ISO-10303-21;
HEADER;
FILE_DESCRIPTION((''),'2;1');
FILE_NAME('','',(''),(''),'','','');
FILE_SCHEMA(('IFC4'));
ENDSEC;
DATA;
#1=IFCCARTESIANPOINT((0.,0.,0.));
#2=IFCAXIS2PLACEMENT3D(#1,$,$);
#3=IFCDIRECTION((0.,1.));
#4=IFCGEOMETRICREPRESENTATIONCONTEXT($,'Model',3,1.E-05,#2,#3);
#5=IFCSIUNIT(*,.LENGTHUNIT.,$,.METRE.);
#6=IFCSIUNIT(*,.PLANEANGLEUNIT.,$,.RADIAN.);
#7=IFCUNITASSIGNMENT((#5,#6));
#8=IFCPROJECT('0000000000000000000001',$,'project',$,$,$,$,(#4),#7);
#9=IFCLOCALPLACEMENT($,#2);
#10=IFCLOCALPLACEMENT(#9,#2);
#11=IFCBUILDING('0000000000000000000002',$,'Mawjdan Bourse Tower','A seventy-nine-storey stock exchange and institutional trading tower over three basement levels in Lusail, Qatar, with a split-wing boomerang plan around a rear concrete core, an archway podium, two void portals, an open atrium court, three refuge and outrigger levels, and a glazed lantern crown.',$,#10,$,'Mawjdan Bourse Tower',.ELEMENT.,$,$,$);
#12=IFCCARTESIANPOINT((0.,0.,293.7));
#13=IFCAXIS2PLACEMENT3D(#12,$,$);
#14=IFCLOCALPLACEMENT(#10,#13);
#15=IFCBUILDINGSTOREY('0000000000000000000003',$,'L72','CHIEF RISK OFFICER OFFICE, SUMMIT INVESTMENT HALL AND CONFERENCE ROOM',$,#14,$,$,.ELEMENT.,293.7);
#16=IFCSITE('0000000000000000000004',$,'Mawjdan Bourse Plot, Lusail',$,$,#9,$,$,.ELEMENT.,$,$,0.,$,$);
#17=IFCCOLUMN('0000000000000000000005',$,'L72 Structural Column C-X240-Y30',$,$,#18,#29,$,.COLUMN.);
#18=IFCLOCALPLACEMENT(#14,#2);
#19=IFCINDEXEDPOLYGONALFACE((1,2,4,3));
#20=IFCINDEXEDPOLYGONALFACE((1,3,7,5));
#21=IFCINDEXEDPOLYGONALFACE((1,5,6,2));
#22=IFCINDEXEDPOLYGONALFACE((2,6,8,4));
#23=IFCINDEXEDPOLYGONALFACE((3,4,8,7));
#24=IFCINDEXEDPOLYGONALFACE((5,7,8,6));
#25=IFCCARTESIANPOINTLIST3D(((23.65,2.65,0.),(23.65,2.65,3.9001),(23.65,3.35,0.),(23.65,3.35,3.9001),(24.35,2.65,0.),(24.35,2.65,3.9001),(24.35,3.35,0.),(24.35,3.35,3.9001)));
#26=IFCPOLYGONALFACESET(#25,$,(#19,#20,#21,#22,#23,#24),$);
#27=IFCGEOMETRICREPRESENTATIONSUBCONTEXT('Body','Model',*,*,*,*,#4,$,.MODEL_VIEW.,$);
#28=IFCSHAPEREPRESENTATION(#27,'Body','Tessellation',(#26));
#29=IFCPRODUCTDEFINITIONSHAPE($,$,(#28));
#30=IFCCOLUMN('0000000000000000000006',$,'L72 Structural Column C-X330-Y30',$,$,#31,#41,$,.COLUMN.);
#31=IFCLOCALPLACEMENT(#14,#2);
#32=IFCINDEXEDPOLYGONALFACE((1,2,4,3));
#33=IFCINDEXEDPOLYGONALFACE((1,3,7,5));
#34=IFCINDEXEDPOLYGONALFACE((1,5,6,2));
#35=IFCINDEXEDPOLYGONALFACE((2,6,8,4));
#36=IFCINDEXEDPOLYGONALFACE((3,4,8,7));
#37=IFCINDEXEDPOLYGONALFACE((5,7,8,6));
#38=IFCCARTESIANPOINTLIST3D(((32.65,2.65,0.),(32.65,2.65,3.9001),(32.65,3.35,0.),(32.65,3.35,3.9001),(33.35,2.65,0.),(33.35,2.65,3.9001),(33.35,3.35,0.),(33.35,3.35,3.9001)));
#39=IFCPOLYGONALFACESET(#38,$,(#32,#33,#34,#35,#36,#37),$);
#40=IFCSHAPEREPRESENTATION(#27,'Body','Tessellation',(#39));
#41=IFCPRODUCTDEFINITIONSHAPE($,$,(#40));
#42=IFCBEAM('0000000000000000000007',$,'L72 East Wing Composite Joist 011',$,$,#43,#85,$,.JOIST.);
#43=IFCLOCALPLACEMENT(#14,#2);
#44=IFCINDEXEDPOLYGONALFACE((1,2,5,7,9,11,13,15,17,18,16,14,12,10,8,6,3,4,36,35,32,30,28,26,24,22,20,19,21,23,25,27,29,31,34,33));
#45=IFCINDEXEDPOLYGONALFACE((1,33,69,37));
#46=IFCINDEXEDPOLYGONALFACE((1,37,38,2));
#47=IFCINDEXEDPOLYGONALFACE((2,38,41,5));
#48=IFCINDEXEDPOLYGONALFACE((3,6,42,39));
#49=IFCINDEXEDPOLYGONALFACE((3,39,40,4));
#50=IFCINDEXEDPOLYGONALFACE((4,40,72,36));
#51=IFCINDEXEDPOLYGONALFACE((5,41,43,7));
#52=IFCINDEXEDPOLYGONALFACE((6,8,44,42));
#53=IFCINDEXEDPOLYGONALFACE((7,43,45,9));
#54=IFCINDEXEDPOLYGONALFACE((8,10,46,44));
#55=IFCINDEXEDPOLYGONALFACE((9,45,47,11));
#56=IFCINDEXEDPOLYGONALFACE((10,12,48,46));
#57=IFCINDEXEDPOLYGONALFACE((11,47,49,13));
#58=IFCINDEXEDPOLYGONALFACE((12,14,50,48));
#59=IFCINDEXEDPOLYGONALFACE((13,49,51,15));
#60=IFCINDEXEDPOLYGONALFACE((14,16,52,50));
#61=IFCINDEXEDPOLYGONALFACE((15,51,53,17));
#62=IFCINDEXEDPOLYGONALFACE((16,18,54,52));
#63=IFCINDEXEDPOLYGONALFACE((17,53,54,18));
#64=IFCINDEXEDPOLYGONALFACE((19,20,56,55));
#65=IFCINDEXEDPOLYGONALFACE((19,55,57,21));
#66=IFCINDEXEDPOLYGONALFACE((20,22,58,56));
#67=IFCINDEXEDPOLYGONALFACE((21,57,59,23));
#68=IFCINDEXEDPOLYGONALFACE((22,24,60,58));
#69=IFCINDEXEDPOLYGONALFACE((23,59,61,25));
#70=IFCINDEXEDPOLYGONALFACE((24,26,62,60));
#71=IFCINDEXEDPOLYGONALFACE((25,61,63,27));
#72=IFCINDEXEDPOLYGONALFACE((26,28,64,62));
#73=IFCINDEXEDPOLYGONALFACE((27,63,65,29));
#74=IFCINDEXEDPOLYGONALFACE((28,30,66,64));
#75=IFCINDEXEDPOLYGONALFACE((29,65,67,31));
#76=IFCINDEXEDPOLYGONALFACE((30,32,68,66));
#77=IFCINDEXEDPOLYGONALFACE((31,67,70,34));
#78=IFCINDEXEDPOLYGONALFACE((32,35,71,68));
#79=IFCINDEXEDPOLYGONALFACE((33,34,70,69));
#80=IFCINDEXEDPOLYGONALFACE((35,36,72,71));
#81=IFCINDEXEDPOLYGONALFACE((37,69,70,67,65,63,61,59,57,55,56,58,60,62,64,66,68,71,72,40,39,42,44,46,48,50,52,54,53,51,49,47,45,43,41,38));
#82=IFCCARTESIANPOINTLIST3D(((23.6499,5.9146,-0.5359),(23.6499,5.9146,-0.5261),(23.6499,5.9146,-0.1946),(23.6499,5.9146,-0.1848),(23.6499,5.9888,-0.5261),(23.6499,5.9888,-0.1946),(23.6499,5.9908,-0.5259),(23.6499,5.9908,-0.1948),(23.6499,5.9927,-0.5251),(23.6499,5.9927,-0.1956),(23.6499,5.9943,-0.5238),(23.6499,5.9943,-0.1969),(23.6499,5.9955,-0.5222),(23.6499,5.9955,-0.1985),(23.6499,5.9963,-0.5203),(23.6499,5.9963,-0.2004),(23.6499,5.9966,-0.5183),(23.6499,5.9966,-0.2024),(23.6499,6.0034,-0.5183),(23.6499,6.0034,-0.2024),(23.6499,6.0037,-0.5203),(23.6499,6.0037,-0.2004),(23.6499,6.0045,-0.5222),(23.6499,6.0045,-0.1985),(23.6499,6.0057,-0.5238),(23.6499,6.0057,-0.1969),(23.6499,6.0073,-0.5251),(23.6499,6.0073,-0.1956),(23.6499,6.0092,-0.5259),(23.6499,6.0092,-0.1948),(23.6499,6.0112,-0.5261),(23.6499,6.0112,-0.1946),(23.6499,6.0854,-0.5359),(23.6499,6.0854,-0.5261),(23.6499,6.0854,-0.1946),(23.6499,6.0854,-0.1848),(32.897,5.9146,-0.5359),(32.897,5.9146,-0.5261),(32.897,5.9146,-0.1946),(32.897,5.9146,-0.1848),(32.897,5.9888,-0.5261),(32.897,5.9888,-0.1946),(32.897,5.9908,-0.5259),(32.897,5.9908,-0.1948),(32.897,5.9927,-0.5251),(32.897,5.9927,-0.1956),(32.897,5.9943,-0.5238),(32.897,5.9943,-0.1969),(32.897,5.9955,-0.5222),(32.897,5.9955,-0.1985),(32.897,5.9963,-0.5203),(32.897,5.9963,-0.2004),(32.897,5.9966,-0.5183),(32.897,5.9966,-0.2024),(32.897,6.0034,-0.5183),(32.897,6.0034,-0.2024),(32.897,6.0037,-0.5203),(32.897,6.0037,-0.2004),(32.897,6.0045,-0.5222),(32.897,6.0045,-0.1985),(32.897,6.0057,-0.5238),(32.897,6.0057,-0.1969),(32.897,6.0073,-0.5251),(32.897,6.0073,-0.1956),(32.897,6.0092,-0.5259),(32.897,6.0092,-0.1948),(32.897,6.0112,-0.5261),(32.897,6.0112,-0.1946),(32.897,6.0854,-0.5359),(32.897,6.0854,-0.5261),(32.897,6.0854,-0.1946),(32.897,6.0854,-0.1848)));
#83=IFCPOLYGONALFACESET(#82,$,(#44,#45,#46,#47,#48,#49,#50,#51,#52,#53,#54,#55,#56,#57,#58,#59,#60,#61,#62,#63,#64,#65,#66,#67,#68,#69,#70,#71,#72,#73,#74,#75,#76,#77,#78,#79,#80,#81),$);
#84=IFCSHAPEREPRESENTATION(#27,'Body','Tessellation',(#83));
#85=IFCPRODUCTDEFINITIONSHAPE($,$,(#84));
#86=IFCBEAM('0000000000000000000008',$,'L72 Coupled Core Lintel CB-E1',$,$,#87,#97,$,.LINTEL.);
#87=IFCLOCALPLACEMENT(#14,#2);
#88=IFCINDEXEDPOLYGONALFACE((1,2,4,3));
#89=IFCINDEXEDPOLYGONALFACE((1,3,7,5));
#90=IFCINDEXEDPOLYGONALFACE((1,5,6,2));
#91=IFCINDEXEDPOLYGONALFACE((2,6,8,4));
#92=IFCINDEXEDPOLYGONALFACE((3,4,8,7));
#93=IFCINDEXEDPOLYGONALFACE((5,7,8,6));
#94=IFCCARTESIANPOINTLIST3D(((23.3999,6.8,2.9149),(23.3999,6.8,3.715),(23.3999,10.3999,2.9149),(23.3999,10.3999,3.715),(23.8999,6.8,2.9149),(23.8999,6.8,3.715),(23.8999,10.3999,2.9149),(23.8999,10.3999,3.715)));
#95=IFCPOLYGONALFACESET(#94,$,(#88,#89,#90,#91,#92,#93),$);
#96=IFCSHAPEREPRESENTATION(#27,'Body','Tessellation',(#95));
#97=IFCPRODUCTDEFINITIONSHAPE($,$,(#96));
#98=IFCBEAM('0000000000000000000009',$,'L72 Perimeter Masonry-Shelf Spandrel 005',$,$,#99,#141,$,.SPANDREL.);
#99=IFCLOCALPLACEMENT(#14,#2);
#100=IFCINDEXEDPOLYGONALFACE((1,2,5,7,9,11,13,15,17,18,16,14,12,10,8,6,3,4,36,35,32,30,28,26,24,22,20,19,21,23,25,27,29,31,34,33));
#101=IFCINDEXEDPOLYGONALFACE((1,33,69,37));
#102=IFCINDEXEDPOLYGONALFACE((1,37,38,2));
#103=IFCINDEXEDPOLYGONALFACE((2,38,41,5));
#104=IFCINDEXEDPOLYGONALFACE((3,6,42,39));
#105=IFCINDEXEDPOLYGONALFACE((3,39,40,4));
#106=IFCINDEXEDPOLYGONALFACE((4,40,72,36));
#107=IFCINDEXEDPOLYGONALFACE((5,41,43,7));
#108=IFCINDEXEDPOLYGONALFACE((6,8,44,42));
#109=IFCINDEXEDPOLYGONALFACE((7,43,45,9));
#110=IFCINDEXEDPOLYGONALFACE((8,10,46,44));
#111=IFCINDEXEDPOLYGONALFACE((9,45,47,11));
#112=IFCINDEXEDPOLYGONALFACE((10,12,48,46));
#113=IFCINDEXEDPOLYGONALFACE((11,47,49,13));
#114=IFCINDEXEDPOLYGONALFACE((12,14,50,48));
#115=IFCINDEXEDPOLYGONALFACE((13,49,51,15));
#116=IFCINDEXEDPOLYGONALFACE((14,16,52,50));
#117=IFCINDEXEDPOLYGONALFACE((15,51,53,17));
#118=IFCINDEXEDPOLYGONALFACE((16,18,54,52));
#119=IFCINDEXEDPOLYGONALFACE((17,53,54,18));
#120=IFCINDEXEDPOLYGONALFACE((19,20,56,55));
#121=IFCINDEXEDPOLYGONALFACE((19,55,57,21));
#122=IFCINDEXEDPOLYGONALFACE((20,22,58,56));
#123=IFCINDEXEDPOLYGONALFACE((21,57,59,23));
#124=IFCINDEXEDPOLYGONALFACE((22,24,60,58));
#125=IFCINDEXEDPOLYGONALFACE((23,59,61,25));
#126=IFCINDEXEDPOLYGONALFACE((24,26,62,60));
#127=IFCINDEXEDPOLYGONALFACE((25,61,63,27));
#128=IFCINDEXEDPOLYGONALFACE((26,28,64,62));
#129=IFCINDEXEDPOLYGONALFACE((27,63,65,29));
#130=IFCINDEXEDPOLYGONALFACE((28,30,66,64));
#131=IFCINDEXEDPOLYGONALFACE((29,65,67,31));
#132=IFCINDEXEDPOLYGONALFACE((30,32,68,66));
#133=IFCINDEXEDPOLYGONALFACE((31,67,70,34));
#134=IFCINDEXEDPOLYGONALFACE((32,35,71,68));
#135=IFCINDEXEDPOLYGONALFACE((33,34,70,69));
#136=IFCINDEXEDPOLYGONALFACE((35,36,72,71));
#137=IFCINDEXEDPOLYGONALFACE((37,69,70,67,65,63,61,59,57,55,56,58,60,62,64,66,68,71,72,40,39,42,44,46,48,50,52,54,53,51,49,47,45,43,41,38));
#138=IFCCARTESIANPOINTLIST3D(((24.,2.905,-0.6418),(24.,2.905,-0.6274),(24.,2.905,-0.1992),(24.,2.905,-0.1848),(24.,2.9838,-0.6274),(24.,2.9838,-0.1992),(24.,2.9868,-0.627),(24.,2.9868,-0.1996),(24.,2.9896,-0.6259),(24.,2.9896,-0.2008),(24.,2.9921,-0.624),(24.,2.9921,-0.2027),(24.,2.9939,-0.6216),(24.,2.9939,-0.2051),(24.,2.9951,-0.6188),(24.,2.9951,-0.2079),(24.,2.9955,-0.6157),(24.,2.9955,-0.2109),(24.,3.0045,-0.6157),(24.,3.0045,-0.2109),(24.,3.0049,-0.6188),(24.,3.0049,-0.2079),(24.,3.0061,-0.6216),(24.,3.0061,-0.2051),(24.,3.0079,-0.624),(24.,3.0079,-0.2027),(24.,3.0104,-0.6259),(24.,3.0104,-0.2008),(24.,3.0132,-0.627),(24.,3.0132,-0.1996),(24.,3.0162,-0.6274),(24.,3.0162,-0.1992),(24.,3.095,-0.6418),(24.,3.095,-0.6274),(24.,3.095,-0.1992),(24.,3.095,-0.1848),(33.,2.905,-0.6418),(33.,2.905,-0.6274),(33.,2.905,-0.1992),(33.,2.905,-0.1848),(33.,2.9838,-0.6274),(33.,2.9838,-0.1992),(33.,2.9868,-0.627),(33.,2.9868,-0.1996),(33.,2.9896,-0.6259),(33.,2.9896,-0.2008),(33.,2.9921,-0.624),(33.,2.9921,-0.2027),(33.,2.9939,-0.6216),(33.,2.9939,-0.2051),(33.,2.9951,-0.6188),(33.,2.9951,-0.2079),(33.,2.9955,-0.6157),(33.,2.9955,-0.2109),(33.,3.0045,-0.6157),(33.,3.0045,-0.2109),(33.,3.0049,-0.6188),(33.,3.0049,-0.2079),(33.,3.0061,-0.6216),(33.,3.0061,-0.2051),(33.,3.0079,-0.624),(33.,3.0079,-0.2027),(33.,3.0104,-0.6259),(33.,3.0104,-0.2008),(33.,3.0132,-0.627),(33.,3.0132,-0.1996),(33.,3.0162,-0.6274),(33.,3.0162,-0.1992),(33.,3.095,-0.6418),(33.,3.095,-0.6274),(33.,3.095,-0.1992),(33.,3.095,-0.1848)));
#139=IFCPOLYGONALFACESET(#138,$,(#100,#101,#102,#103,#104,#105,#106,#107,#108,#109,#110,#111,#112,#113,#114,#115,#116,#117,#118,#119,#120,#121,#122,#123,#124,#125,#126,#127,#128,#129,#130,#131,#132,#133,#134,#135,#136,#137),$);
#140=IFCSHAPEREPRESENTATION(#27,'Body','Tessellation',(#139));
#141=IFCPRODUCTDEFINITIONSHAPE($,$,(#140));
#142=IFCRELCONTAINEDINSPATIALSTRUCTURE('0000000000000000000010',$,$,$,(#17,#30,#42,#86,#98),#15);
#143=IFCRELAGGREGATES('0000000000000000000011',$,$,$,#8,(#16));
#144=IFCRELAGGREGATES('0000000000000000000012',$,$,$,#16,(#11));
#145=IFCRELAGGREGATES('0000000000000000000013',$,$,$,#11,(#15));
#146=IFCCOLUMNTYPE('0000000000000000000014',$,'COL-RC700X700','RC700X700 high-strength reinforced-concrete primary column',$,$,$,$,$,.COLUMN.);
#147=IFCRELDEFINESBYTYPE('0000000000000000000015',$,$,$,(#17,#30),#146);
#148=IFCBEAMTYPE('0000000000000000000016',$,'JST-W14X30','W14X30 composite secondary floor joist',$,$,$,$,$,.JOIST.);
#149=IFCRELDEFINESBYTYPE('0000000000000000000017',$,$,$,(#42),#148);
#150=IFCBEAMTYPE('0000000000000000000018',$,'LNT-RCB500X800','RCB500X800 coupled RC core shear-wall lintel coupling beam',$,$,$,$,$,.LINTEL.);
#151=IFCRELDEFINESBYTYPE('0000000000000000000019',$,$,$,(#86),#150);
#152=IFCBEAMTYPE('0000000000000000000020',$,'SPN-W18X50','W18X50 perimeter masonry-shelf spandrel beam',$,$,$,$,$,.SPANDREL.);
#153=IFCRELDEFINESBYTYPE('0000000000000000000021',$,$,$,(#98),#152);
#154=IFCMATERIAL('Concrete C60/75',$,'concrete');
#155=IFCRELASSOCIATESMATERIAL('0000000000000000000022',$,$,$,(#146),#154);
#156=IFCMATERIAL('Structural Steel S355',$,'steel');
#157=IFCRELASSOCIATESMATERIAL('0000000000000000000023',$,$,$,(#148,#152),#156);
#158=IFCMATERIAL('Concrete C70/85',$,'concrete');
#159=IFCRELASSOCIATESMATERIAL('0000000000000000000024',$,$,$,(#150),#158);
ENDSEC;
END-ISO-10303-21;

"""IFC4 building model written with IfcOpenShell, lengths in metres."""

from ifc_helpers import new_model, si_unit, direction, frame, origin, origin_2d, place, context, subcontext, project, spatial, rectangle, i_section, extrude, material, material_profile, profile_set, type_object, element, save


model = new_model("IFC4")

# Units and contexts
model_context = context("Model", 3, precision=1e-05, world=origin(), true_north=direction((0.0, 1.0)))
body_context = subcontext(model_context, "Body", "Model", "MODEL_VIEW")
ifc_project = project(units=[si_unit("LENGTHUNIT", "METRE"), si_unit("PLANEANGLEUNIT", "RADIAN")], contexts=[model_context])

# Site, building, storey
site_placement = place(None, origin())
site = spatial("IfcSite", under=ifc_project, at=site_placement, Name="Mawjdan Bourse Plot, Lusail", CompositionType="ELEMENT", RefElevation=0.0)
building_placement = place(site_placement, origin())
building = spatial("IfcBuilding", under=site, at=building_placement, Name="Mawjdan Bourse Tower", Description="A seventy-nine-storey stock exchange and institutional trading tower over three basement levels in Lusail, Qatar, with a split-wing boomerang plan around a rear concrete core, an archway podium, two void portals, an open atrium court, three refuge and outrigger levels, and a glazed lantern crown.", LongName="Mawjdan Bourse Tower", CompositionType="ELEMENT")
storey_placement = place(building_placement, frame((0.0, 0.0, 293.7)))
storey = spatial("IfcBuildingStorey", under=building, at=storey_placement, Name="L72", Description="CHIEF RISK OFFICER OFFICE, SUMMIT INVESTMENT HALL AND CONFERENCE ROOM", CompositionType="ELEMENT", Elevation=293.7)

# Columns
ifc_material_1 = material(Name="Concrete C60/75", Category="concrete")
ifc_material_profile_1 = material_profile(ifc_material_1, rectangle(XDim=0.7, YDim=0.7, at=origin_2d()), Name="RC700X700")
ifc_profile_set_1 = profile_set([ifc_material_profile_1], Name="Concrete C60/75")
column_type = type_object("IfcColumnType", Name="COL-RC700X700", Description="RC700X700 high-strength reinforced-concrete primary column", PredefinedType="COLUMN", material=ifc_profile_set_1)
for number, where, z_axis, x_axis, name in (
    (1, (24.0, 3.0, 0.0), (0.0, 0.0, 1.0), (1.0, 0.0, 0.0), "L72 Structural Column C-X240-Y30"),
    (2, (33.0, 3.0, 0.0), (0.0, 0.0, 1.0), (1.0, 0.0, 0.0), "L72 Structural Column C-X330-Y30"),
):
    element("IfcColumn", number, at=place(storey_placement, frame(where, z_axis=z_axis, x_axis=x_axis)), inside=storey, type_object=column_type, Name=name, PredefinedType="COLUMN", context=body_context, shape_type="SweptSolid", body=[
        extrude(rectangle(XDim=0.7, YDim=0.7, at=origin_2d()), origin(), (0.0, 0.0, 1.0), 3.9001),
    ])

# Beams
ifc_material_2 = material(Name="Structural Steel S355", Category="steel")
ifc_material_profile_2 = material_profile(ifc_material_2, i_section(OverallWidth=0.1709, OverallDepth=0.3511, WebThickness=0.0068, FlangeThickness=0.0098, FilletRadius=0.0078, at=origin_2d()), Name="W14X30")
ifc_profile_set_2 = profile_set([ifc_material_profile_2], Name="Structural Steel S355")
beam_type_1 = type_object("IfcBeamType", Name="JST-W14X30", Description="W14X30 composite secondary floor joist", PredefinedType="JOIST", material=ifc_profile_set_2)
beam_1_placement = place(storey_placement, frame((23.6499, 6.0, -0.3604), z_axis=(1.0, 0.0, 0.0), x_axis=(0.0, 1.0, 0.0)))
element("IfcBeam", 3, at=beam_1_placement, inside=storey, type_object=beam_type_1, Name="L72 East Wing Composite Joist 011", PredefinedType="JOIST", context=body_context, shape_type="SweptSolid", body=[
    extrude(i_section(OverallWidth=0.1709, OverallDepth=0.3511, WebThickness=0.0068, FlangeThickness=0.0098, FilletRadius=0.0078, at=origin_2d()), origin(), (0.0, 0.0, 1.0), 9.2471),
])
ifc_material_3 = material(Name="Concrete C70/85", Category="concrete")
ifc_material_profile_3 = material_profile(ifc_material_3, rectangle(XDim=0.5, YDim=0.8, at=origin_2d()), Name="RCB500X800")
ifc_profile_set_3 = profile_set([ifc_material_profile_3], Name="Concrete C70/85")
beam_type_2 = type_object("IfcBeamType", Name="LNT-RCB500X800", Description="RCB500X800 coupled RC core shear-wall lintel coupling beam", PredefinedType="LINTEL", material=ifc_profile_set_3)
beam_2_placement = place(storey_placement, frame((23.6499, 6.8, 3.3149), z_axis=(0.0, 1.0, 0.0), x_axis=(-1.0, 0.0, 0.0)))
element("IfcBeam", 4, at=beam_2_placement, inside=storey, type_object=beam_type_2, Name="L72 Coupled Core Lintel CB-E1", PredefinedType="LINTEL", context=body_context, shape_type="SweptSolid", body=[
    extrude(rectangle(XDim=0.5, YDim=0.8, at=origin_2d()), origin(), (0.0, 0.0, 1.0), 3.5999),
])
ifc_material_profile_4 = material_profile(ifc_material_2, i_section(OverallWidth=0.1899, OverallDepth=0.457, WebThickness=0.009, FlangeThickness=0.0144, FilletRadius=0.0117, at=origin_2d()), Name="W18X50")
ifc_profile_set_4 = profile_set([ifc_material_profile_4], Name="Structural Steel S355")
beam_type_3 = type_object("IfcBeamType", Name="SPN-W18X50", Description="W18X50 perimeter masonry-shelf spandrel beam", PredefinedType="SPANDREL", material=ifc_profile_set_4)
beam_3_placement = place(storey_placement, frame((24.0, 3.0, -0.4133), z_axis=(1.0, 0.0, 0.0), x_axis=(0.0, 1.0, 0.0)))
element("IfcBeam", 5, at=beam_3_placement, inside=storey, type_object=beam_type_3, Name="L72 Perimeter Masonry-Shelf Spandrel 005", PredefinedType="SPANDREL", context=body_context, shape_type="SweptSolid", body=[
    extrude(i_section(OverallWidth=0.1899, OverallDepth=0.457, WebThickness=0.009, FlangeThickness=0.0144, FilletRadius=0.0117, at=origin_2d()), origin(), (0.0, 0.0, 1.0), 9.0),
])

save(model, "model.ifc")
